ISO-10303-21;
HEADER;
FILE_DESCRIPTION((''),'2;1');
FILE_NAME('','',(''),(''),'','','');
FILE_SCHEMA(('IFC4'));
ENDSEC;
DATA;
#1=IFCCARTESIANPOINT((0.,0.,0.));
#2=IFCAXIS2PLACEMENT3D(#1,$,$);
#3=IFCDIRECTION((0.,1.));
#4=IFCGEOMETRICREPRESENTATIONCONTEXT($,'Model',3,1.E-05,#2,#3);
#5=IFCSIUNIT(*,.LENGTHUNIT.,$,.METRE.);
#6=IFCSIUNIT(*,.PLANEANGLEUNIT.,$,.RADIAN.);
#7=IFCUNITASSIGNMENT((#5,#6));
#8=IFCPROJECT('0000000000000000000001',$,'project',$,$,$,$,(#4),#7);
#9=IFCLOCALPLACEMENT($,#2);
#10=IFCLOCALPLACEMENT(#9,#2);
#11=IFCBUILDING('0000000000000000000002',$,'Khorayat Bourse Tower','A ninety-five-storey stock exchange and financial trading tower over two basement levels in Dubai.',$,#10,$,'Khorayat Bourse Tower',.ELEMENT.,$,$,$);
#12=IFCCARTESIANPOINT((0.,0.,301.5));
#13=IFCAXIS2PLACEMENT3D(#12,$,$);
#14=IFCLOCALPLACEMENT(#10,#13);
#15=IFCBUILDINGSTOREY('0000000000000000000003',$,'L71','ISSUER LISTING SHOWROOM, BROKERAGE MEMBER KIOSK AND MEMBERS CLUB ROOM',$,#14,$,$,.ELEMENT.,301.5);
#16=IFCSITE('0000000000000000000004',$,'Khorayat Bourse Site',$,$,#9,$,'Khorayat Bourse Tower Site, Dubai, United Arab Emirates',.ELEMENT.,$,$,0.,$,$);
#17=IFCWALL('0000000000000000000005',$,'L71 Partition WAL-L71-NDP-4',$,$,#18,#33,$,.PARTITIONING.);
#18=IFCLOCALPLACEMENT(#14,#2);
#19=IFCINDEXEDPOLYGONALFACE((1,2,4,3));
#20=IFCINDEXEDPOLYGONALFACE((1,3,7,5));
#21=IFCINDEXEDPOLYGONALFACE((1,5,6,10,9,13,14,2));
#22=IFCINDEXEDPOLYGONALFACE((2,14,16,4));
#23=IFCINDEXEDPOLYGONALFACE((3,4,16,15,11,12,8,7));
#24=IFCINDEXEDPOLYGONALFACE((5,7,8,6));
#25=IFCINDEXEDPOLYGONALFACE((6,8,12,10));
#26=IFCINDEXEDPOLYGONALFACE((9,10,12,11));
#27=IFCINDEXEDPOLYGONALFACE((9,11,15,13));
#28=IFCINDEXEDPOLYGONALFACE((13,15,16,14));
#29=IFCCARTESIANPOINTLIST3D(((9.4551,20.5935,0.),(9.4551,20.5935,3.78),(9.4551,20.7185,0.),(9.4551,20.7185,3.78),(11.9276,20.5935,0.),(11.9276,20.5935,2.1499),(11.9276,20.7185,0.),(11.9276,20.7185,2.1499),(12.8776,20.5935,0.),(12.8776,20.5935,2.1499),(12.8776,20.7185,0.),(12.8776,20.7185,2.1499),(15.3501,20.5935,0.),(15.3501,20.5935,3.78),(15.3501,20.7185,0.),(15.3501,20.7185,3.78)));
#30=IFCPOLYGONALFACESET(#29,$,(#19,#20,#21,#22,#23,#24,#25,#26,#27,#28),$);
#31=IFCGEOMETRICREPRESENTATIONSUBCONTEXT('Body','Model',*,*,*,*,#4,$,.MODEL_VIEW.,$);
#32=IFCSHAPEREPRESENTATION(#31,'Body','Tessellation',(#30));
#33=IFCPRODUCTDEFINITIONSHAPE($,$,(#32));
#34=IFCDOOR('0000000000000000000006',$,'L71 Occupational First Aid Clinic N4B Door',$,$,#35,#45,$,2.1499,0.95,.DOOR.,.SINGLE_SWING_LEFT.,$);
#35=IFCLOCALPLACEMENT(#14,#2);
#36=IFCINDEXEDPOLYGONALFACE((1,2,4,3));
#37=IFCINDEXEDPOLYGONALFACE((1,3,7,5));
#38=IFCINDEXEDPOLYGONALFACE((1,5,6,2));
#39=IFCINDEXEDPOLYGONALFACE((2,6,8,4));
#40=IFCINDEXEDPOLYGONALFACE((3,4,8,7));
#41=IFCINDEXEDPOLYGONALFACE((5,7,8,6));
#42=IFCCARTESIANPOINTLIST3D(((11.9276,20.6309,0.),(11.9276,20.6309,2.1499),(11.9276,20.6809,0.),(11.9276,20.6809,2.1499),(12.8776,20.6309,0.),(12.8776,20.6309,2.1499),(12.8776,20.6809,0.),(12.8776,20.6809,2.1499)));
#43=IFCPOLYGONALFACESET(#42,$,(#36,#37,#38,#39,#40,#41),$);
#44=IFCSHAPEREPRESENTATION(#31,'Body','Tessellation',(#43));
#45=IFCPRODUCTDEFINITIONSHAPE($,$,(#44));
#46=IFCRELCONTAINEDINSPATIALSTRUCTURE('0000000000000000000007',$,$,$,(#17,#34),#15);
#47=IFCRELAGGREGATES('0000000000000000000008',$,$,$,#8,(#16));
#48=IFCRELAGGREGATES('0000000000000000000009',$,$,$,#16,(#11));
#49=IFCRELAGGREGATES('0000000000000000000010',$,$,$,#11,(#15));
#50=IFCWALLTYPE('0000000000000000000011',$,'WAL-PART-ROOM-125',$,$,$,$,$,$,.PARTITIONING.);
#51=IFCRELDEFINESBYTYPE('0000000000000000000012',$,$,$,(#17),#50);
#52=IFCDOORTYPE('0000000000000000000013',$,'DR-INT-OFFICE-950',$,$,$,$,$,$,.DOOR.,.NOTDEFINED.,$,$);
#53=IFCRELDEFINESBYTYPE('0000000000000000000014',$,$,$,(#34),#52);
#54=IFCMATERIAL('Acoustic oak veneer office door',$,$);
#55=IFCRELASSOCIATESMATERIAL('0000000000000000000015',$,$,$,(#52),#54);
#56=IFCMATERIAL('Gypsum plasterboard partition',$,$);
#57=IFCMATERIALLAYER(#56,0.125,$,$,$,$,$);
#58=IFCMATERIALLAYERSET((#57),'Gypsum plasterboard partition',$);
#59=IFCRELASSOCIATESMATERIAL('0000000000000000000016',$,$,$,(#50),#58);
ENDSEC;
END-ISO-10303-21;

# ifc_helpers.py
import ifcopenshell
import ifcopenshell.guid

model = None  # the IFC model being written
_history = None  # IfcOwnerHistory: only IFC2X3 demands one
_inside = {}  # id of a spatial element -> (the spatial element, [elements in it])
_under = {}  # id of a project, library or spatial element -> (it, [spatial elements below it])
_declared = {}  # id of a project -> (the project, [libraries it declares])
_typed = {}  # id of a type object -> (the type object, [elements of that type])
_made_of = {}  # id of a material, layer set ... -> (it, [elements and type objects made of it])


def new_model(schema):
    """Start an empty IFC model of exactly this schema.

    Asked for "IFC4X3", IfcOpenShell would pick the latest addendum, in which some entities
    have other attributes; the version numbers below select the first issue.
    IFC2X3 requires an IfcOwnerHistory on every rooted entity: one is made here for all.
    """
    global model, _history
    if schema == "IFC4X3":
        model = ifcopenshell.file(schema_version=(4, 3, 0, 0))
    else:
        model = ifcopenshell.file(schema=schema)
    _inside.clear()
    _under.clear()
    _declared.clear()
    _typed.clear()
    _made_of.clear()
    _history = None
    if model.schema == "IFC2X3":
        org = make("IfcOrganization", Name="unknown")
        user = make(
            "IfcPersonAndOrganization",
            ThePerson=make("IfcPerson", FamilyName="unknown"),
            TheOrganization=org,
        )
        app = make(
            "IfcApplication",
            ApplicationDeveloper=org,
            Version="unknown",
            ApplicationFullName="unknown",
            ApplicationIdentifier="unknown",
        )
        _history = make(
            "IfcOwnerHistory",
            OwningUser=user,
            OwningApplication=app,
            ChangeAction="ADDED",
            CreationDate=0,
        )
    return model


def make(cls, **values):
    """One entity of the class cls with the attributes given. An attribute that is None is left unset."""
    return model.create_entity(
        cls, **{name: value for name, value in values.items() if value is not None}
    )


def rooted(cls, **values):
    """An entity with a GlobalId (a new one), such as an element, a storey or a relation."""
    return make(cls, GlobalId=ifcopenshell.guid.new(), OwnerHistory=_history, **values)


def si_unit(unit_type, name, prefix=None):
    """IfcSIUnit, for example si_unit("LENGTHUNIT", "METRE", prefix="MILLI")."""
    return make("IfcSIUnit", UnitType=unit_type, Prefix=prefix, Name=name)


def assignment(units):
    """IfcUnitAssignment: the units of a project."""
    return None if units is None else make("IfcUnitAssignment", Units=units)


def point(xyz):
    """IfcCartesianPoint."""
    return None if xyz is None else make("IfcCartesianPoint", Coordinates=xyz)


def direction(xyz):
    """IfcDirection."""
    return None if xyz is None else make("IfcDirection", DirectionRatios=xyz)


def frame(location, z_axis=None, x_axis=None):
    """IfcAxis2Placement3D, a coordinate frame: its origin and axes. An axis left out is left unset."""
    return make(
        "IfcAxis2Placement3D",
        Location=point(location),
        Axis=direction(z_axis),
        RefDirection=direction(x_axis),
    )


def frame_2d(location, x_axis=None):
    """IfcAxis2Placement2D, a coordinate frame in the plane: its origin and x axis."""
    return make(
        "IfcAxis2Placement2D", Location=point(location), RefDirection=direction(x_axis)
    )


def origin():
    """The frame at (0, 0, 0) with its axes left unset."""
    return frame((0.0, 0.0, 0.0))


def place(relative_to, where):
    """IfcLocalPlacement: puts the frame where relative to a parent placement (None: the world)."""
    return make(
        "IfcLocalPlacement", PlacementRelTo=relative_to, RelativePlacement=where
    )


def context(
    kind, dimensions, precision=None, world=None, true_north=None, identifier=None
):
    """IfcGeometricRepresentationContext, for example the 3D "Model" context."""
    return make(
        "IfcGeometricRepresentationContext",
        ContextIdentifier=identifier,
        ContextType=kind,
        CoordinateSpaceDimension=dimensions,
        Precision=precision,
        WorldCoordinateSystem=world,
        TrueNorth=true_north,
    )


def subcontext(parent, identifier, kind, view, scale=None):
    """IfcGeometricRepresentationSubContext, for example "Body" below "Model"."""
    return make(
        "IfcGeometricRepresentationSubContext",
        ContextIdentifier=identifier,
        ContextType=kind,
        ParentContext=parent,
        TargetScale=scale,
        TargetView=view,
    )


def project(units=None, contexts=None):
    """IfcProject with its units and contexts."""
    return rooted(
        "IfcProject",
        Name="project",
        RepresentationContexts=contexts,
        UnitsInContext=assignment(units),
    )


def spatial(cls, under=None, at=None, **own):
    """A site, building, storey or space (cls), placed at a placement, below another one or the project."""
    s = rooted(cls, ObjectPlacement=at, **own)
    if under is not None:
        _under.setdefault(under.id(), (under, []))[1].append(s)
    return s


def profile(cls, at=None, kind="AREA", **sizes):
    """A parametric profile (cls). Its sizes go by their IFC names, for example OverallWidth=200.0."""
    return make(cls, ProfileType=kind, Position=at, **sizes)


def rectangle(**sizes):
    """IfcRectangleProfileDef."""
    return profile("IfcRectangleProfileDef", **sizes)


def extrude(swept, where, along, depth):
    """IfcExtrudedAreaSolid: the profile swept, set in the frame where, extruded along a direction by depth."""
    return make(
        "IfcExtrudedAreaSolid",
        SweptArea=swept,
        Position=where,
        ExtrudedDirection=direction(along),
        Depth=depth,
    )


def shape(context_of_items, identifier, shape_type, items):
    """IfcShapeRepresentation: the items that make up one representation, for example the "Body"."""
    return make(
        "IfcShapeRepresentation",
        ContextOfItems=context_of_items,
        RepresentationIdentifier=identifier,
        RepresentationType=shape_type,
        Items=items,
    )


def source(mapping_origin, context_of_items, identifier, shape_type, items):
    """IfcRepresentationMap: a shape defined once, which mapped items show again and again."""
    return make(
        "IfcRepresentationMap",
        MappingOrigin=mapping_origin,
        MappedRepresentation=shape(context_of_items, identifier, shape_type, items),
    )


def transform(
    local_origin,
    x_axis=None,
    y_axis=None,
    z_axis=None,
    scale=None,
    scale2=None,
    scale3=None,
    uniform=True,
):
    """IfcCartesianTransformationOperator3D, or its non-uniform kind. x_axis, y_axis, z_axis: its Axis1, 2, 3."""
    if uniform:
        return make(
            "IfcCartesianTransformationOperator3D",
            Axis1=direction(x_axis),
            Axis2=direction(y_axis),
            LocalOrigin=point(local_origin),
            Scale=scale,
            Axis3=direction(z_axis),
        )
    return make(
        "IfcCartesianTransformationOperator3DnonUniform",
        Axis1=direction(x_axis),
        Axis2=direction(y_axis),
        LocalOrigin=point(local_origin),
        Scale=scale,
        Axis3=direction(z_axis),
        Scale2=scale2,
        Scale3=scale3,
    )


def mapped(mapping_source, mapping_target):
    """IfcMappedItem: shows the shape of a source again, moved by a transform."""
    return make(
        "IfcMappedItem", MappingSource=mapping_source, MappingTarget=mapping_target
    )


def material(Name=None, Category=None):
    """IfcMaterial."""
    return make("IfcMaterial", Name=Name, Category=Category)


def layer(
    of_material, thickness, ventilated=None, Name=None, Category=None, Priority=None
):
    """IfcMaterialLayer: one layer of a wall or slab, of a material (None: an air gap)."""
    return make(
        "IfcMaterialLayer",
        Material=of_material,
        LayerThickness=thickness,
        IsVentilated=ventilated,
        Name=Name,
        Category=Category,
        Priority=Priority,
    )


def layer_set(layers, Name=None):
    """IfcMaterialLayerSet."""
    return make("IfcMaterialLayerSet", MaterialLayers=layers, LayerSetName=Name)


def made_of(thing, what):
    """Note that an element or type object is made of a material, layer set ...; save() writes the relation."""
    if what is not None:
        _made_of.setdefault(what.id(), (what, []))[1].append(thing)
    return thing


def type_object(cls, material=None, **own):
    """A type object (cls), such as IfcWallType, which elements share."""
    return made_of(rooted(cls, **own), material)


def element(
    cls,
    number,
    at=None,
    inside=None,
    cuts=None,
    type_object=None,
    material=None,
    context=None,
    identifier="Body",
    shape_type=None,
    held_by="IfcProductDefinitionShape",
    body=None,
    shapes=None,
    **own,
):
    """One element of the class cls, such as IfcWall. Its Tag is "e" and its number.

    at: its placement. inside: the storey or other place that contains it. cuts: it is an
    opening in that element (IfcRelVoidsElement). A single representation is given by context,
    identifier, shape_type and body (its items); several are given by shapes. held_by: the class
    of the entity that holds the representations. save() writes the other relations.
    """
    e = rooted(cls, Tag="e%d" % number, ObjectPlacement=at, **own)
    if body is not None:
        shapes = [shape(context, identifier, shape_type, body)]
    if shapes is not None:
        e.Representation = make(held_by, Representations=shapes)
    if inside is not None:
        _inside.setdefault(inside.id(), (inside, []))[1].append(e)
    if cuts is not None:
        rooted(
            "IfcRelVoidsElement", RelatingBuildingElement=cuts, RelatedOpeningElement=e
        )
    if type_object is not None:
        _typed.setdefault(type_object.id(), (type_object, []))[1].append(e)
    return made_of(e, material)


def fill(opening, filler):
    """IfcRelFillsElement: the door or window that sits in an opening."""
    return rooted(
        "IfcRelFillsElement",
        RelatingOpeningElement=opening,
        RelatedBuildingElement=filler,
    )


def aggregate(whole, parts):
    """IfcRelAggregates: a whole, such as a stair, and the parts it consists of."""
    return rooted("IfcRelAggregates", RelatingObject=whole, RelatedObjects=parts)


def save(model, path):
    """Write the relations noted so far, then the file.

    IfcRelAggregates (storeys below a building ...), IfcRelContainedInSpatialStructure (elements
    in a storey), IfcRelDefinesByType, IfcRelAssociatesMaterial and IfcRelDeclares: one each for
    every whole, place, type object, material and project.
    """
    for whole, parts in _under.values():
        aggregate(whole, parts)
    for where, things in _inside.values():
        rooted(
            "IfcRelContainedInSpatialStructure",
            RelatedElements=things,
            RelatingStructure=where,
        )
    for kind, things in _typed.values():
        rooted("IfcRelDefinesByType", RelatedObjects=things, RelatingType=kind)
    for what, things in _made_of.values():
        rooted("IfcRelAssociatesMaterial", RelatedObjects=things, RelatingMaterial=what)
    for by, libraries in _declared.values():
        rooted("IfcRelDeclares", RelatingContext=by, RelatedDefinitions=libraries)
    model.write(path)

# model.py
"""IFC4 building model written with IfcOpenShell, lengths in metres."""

from ifc_helpers import new_model, si_unit, direction, frame, frame_2d, origin, place, context, subcontext, project, spatial, rectangle, extrude, source, transform, mapped, material, layer, layer_set, type_object, element, fill, save


model = new_model("IFC4")

# Units and contexts
model_context = context("Model", 3, precision=1e-05, world=origin(), true_north=direction((0.0, 1.0)))
body_context = subcontext(model_context, "Body", "Model", "MODEL_VIEW")
ifc_project = project(units=[si_unit("LENGTHUNIT", "METRE"), si_unit("PLANEANGLEUNIT", "RADIAN")], contexts=[model_context])

# Site, building, storey
site_placement = place(None, origin())
site = spatial("IfcSite", under=ifc_project, at=site_placement, Name="Khorayat Bourse Site", LongName="Khorayat Bourse Tower Site, Dubai, United Arab Emirates", CompositionType="ELEMENT", RefElevation=0.0)
building_placement = place(site_placement, origin())
building = spatial("IfcBuilding", under=site, at=building_placement, Name="Khorayat Bourse Tower", Description="A ninety-five-storey stock exchange and financial trading tower over two basement levels in Dubai.", LongName="Khorayat Bourse Tower", CompositionType="ELEMENT")
storey_placement = place(building_placement, frame((0.0, 0.0, 301.5)))
storey = spatial("IfcBuildingStorey", under=building, at=storey_placement, Name="L71", Description="ISSUER LISTING SHOWROOM, BROKERAGE MEMBER KIOSK AND MEMBERS CLUB ROOM", CompositionType="ELEMENT", Elevation=301.5)

# Shared definitions
ifc_material_1 = material(Name="Acoustic oak veneer office door")
door_type_1 = type_object("IfcDoorType", Name="DR-INT-OFFICE-950", OperationType="NOTDEFINED", PredefinedType="DOOR", material=ifc_material_1)
shared_shape_1 = source(origin(), body_context, "Body", "SweptSolid", [
    extrude(rectangle(XDim=0.95, YDim=2.1499, at=frame_2d((0.4751, 1.075))), frame((0.0, 0.0249, 0.0), z_axis=(0.0, -1.0, 0.0), x_axis=(1.0, 0.0, 0.0)), (0.0, 0.0, 1.0), 0.05),
])

# Wall, opening, door
ifc_material_2 = material(Name="Gypsum plasterboard partition")
ifc_layer_1 = layer(ifc_material_2, 0.125)
ifc_layer_set_1 = layer_set([ifc_layer_1], Name="Gypsum plasterboard partition")
wall_type_1 = type_object("IfcWallType", Name="WAL-PART-ROOM-125", PredefinedType="PARTITIONING", material=ifc_layer_set_1)
shared_shape_2 = source(origin(), body_context, "Body", "SweptSolid", [
    extrude(rectangle(XDim=0.95, YDim=2.1499, at=frame_2d((0.4751, 1.075))), frame((0.0, 0.0725, 0.0), z_axis=(0.0, -1.0, 0.0), x_axis=(1.0, 0.0, 0.0)), (0.0, 0.0, 1.0), 0.145),
])
shared_shape_3 = source(origin(), body_context, "Body", "SweptSolid", [
    extrude(rectangle(XDim=5.895, YDim=0.125, at=frame_2d((2.9475, 0.0))), origin(), (0.0, 0.0, 1.0), 3.78),
])
wall_1_placement = place(storey_placement, frame((9.4551, 20.656, 0.0), z_axis=(0.0, 0.0, 1.0), x_axis=(1.0, 0.0, 0.0)))
wall_1 = element("IfcWall", 1, at=wall_1_placement, inside=storey, type_object=wall_type_1, Name="L71 Partition WAL-L71-NDP-4", PredefinedType="PARTITIONING", context=body_context, shape_type="MappedRepresentation", body=[
    mapped(shared_shape_3, transform((0.0, 0.0, 0.0), scale=1.0)),
])
opening_1_placement = place(wall_1_placement, frame((2.4724, 0.0, 0.0)))
opening_1 = element("IfcOpeningElement", 2, at=opening_1_placement, cuts=wall_1, PredefinedType="OPENING", context=body_context, shape_type="MappedRepresentation", body=[
    mapped(shared_shape_2, transform((0.0, 0.0, 0.0), scale=1.0)),
])
door_1_placement = place(opening_1_placement, origin())
door_1 = element("IfcDoor", 3, at=door_1_placement, inside=storey, type_object=door_type_1, Name="L71 Occupational First Aid Clinic N4B Door", OperationType="SINGLE_SWING_LEFT", OverallHeight=2.1499, OverallWidth=0.95, PredefinedType="DOOR", context=body_context, shape_type="MappedRepresentation", body=[
    mapped(shared_shape_1, transform((0.0, 0.0, 0.0), scale=1.0)),
])
fill(opening_1, door_1)

save(model, "model.ifc")
